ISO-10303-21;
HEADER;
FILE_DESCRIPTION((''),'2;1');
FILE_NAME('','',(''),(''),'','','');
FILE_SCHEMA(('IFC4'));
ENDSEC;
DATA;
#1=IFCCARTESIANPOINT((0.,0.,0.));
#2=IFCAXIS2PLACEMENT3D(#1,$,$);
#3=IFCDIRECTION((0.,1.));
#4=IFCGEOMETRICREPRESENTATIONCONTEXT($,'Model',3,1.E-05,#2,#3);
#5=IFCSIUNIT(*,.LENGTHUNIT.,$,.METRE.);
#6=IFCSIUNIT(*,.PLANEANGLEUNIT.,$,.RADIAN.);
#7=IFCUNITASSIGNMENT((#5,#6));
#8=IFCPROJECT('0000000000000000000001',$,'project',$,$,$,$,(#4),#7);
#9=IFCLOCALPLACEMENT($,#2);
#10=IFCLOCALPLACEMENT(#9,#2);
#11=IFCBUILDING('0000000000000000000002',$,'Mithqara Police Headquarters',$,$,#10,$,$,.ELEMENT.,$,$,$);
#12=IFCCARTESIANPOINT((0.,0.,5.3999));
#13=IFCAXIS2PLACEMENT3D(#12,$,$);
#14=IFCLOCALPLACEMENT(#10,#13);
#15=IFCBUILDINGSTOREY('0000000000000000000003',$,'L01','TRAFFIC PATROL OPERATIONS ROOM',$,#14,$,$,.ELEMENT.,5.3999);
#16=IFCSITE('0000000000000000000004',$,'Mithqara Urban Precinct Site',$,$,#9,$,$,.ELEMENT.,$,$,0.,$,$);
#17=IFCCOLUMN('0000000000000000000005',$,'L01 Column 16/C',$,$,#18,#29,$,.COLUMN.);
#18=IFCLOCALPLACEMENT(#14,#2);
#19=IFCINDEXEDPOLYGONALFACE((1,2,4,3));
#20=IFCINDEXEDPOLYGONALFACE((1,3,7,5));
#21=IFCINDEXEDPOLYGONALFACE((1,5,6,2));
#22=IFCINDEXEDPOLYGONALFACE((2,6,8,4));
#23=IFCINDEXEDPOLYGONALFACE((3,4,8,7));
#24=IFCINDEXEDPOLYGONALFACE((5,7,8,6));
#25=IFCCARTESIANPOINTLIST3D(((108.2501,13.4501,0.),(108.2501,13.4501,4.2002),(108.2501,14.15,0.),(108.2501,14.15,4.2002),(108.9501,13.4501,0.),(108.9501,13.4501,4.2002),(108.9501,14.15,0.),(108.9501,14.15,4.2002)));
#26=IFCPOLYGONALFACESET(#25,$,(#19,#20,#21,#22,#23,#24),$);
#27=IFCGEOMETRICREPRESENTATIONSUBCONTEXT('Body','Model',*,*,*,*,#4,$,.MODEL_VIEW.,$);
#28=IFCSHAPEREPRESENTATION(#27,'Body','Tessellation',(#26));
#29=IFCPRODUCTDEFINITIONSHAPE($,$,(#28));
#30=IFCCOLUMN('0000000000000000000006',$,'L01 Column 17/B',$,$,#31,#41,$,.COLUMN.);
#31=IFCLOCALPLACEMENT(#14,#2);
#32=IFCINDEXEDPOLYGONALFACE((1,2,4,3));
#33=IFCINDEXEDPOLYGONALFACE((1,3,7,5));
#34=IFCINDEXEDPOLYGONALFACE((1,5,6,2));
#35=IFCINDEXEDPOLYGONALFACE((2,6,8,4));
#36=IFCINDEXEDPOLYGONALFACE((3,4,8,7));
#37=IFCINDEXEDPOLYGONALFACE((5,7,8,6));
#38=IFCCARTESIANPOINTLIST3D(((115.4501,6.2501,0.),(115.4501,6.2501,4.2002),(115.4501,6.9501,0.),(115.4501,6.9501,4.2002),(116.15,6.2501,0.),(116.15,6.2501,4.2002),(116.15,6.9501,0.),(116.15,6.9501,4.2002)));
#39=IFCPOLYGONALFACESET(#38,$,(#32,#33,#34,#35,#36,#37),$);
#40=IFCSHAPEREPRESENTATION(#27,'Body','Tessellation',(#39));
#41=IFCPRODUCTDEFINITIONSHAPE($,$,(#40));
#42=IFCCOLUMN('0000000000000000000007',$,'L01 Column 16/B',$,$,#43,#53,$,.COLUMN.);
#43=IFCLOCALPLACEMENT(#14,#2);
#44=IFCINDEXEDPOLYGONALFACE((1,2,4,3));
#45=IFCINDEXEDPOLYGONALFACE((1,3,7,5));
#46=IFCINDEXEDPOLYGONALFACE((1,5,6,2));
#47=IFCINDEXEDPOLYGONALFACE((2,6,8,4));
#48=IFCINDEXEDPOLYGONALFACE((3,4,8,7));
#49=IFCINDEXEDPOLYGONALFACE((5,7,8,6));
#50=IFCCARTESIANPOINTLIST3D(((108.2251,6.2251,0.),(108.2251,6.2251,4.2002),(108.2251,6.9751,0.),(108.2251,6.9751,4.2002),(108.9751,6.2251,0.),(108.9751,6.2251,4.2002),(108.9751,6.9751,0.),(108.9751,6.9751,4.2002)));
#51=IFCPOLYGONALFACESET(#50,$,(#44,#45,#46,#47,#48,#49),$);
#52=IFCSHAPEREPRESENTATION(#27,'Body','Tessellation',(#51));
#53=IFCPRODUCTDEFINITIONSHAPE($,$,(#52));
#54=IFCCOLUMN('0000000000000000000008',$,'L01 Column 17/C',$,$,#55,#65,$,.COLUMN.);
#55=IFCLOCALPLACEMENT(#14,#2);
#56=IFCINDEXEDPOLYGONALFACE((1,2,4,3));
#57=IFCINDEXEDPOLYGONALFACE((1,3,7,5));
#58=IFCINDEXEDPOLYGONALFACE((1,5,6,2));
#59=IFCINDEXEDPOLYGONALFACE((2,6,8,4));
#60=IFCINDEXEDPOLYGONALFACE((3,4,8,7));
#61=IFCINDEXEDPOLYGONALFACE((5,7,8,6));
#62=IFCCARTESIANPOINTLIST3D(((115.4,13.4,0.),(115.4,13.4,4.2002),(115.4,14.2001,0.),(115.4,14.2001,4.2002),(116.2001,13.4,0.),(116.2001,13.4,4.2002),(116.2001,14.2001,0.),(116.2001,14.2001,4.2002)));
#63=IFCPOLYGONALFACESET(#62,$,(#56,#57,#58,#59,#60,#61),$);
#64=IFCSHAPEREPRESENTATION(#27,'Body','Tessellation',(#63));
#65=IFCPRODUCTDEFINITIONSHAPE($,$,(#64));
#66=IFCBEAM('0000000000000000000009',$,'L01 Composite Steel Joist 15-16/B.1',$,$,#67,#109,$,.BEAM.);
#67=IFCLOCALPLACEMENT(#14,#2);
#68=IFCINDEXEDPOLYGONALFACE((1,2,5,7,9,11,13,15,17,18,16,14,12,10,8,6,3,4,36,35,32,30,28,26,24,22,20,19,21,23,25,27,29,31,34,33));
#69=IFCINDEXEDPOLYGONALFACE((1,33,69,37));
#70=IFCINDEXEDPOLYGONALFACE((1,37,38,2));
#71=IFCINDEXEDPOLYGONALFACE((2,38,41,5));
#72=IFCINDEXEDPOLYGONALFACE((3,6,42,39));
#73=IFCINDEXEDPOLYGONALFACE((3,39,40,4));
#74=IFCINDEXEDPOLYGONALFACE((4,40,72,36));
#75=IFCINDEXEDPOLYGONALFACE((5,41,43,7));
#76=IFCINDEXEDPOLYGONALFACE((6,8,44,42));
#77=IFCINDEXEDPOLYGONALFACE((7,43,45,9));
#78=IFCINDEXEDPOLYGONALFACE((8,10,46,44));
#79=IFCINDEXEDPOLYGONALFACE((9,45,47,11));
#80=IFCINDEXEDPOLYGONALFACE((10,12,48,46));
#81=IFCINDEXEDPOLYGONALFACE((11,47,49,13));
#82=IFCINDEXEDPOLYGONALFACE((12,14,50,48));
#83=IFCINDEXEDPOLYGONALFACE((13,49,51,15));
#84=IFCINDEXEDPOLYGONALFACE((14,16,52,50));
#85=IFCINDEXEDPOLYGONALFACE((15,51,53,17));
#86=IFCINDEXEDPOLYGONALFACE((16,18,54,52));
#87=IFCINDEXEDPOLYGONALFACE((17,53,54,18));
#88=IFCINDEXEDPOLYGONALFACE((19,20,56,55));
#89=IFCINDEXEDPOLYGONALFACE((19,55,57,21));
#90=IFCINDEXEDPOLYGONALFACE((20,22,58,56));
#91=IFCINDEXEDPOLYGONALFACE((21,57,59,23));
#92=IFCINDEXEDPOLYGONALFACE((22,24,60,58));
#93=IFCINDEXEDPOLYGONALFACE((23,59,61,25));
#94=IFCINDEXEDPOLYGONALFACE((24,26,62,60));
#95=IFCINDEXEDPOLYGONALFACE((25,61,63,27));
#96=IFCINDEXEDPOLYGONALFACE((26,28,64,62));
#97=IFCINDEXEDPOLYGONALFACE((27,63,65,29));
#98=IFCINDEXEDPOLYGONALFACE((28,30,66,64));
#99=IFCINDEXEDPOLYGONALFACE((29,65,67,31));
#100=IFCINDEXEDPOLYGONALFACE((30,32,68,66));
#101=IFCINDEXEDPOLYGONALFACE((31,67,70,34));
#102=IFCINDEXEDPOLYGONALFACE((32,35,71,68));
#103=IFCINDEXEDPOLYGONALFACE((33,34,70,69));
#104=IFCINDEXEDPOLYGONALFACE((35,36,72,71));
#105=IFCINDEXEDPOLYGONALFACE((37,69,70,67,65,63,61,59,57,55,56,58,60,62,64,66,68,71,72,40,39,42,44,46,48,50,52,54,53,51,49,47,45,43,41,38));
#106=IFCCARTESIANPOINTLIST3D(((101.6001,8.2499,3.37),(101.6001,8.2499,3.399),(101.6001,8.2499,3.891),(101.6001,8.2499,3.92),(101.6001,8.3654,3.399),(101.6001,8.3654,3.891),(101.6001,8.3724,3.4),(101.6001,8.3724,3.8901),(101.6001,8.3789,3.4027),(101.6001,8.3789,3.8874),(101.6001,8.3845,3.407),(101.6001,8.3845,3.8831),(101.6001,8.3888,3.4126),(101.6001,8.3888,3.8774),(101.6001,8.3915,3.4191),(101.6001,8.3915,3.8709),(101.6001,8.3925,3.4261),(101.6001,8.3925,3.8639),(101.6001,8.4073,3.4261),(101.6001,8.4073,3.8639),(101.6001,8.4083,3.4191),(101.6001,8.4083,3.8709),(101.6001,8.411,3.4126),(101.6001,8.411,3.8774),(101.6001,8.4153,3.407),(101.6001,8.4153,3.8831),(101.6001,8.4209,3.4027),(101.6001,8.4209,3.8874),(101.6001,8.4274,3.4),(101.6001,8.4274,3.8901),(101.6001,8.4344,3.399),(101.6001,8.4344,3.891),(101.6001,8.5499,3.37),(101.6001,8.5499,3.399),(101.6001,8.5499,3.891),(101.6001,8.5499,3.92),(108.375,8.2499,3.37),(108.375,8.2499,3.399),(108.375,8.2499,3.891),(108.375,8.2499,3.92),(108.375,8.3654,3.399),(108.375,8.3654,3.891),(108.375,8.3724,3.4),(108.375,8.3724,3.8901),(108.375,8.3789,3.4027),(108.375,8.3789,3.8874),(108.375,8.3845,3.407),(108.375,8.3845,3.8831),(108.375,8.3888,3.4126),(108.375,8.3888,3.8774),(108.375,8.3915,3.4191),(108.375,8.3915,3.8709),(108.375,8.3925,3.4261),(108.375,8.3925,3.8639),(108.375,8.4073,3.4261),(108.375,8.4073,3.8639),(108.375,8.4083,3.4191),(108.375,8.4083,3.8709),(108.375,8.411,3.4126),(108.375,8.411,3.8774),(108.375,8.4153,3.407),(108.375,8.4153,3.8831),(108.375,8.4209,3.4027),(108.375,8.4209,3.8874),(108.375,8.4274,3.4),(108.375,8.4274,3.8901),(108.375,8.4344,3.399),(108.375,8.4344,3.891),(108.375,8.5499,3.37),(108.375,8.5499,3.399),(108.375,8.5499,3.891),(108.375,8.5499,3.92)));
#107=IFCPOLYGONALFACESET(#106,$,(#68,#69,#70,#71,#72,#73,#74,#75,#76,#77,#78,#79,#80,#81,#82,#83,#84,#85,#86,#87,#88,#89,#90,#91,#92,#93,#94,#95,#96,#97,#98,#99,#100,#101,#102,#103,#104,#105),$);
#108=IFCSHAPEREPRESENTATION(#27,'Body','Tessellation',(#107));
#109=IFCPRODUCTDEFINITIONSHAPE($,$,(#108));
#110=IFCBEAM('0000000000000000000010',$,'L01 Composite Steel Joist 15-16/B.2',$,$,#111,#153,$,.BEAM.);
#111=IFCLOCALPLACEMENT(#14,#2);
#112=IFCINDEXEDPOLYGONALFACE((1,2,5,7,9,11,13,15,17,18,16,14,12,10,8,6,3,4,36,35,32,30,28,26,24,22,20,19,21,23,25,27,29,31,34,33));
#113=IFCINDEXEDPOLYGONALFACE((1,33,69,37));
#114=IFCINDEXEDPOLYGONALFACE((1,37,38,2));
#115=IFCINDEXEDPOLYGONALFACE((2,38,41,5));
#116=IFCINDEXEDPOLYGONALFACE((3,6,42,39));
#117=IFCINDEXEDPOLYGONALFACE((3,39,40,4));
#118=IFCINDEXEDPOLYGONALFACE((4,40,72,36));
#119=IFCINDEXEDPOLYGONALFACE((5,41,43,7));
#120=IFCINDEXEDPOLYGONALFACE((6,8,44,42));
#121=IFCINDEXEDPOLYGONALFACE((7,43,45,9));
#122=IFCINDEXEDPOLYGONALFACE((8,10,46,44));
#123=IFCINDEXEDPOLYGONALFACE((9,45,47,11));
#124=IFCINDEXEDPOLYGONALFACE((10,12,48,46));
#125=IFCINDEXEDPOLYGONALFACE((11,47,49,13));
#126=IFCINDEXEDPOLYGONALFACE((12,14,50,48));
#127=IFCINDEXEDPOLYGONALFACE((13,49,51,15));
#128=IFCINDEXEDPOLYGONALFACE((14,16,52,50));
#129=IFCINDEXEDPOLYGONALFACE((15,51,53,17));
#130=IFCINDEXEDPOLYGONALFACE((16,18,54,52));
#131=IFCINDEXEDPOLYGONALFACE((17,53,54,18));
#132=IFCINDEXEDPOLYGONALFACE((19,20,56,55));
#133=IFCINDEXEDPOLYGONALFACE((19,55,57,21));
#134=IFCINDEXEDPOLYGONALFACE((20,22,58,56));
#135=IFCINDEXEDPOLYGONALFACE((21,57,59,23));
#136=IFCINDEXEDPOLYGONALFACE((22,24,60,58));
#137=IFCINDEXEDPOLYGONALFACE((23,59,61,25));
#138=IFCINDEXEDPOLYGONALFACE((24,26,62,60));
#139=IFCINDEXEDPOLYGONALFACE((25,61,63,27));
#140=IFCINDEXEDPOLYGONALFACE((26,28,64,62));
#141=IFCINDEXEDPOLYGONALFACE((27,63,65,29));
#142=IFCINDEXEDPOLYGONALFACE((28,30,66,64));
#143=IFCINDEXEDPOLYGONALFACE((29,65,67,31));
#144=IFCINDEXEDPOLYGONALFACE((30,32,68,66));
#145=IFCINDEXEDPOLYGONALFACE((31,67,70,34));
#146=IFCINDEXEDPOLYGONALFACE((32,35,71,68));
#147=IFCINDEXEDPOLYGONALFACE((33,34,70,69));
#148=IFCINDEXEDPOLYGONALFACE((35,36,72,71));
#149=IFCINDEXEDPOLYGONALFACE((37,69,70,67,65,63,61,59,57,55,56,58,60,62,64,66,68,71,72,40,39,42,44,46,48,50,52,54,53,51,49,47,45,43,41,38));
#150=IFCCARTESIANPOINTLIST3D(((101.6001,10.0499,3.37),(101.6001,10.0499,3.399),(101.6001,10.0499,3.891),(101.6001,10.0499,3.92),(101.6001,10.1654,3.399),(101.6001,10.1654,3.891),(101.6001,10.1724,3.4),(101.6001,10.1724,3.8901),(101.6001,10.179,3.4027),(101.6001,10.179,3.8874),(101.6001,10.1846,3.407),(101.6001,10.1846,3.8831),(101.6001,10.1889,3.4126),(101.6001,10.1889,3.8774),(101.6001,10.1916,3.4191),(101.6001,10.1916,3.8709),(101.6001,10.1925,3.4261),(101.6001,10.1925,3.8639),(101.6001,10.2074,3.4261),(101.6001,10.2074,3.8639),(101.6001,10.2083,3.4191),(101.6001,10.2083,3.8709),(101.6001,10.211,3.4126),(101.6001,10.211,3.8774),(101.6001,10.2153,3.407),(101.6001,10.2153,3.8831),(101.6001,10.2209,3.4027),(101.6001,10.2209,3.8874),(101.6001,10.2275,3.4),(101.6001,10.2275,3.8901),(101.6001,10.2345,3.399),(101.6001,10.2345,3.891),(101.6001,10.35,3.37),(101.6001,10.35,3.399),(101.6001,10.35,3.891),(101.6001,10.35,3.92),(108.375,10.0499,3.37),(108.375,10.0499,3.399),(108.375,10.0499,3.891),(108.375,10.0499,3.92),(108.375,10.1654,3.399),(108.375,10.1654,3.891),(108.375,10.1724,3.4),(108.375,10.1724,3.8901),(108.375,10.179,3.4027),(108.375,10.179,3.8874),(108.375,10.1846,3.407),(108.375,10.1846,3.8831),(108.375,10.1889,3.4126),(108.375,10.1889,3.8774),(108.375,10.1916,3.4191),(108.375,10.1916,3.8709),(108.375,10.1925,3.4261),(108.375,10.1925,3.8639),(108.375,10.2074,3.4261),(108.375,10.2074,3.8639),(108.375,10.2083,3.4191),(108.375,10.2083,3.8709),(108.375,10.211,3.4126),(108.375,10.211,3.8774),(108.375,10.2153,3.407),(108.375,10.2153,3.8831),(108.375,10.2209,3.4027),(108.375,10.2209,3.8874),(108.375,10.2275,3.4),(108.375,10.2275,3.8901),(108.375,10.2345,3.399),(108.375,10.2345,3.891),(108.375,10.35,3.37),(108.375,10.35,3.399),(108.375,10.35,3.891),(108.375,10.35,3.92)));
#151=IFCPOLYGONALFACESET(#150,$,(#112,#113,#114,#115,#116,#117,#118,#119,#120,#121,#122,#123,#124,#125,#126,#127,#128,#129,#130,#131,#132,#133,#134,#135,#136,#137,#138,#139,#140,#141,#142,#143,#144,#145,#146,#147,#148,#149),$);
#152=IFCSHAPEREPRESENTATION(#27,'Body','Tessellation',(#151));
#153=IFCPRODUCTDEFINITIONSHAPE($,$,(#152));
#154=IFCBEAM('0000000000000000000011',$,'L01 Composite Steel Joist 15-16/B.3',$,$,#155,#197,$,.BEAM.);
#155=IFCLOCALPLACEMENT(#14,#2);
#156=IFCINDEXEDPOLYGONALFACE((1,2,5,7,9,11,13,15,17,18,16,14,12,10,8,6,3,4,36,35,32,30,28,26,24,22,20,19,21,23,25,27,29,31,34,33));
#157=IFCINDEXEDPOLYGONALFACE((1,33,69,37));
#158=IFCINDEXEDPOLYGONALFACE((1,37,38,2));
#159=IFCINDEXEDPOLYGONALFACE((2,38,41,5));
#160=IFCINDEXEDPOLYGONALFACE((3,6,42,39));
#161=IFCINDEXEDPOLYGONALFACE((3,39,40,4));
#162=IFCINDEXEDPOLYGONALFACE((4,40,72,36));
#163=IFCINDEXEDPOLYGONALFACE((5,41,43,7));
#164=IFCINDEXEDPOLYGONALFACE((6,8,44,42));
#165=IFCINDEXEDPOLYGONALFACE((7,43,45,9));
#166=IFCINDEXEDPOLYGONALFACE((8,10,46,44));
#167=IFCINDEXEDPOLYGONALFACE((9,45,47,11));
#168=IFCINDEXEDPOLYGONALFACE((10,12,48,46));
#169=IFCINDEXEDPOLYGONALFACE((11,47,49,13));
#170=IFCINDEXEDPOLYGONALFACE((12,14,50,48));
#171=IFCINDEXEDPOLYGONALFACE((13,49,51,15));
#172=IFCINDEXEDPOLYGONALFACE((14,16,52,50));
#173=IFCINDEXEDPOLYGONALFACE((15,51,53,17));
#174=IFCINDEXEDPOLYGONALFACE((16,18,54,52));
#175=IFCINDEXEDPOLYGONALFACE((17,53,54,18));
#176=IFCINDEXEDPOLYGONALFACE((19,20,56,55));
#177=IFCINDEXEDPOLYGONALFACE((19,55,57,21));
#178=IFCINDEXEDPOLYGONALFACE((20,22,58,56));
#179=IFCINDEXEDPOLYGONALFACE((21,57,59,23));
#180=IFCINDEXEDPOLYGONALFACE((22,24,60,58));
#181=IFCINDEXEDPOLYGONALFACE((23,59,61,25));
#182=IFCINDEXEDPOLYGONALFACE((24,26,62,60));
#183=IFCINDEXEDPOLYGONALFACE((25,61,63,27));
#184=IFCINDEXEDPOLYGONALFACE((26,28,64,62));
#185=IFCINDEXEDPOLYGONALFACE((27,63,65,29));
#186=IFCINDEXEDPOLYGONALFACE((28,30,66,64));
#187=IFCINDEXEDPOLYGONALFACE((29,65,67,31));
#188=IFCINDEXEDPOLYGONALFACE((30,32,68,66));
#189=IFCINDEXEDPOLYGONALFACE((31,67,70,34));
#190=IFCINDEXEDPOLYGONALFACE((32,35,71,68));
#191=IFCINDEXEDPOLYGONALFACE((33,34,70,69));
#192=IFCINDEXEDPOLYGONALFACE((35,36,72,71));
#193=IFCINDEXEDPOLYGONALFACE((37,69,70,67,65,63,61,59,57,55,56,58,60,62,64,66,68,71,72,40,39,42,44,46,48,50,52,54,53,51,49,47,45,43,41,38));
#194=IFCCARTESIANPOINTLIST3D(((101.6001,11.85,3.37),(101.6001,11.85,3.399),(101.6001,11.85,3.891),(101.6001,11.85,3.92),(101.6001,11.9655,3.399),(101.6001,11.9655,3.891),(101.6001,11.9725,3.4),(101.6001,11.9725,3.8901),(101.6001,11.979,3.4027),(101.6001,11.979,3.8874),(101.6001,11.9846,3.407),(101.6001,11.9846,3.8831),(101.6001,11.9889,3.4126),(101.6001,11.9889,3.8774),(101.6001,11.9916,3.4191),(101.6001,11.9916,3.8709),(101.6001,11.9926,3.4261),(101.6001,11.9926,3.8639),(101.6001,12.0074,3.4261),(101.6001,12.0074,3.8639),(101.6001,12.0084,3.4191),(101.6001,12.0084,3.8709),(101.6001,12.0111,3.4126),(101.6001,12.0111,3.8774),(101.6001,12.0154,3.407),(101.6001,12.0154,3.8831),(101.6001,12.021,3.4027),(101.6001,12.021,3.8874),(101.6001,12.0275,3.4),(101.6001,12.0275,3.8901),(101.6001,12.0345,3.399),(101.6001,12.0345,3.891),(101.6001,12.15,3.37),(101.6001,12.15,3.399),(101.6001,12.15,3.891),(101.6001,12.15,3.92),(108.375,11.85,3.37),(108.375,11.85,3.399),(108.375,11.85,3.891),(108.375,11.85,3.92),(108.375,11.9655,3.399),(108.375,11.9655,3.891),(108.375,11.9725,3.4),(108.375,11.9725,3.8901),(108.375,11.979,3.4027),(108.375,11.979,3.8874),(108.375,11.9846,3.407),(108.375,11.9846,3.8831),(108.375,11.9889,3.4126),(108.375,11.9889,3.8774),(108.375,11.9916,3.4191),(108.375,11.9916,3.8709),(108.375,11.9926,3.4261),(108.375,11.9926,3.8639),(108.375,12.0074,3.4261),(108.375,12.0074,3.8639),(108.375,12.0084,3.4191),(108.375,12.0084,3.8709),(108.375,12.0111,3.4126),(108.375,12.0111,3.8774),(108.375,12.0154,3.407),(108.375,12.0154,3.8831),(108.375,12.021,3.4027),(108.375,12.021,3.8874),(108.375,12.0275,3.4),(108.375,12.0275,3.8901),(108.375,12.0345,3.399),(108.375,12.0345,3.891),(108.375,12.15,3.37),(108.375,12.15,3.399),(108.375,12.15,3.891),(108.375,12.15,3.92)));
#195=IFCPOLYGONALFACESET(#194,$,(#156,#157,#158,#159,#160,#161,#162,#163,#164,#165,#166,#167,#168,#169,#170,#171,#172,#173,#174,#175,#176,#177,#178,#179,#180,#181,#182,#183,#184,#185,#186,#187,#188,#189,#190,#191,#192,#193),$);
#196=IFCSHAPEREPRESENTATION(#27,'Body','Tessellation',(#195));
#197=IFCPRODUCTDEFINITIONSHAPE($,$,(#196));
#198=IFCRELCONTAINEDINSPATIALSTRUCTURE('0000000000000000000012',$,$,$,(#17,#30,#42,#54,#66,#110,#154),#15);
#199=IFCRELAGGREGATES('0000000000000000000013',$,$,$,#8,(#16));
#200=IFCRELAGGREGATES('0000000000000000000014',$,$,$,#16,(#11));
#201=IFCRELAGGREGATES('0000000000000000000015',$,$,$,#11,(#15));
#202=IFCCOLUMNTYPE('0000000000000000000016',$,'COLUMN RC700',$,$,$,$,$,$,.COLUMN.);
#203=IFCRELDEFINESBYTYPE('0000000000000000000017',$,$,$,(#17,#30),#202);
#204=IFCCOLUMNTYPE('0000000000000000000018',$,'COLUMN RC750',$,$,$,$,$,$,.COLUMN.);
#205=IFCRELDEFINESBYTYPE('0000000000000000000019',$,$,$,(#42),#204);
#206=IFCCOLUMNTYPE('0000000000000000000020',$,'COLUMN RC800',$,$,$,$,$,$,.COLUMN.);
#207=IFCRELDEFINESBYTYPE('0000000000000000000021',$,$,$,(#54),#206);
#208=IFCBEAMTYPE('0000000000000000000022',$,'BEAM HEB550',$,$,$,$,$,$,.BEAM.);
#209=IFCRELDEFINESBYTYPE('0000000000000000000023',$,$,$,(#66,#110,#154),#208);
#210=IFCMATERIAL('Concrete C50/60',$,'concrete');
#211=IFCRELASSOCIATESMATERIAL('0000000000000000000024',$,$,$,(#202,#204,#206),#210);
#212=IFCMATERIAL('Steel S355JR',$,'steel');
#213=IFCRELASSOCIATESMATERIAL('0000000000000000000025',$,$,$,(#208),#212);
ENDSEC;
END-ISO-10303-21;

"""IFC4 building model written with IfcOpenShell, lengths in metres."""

from ifc_helpers import new_model, si_unit, direction, frame, origin, origin_2d, place, context, subcontext, project, spatial, rectangle, i_section, extrude, material, material_profile, profile_set, type_object, element, save


model = new_model("IFC4")

# Units and contexts
model_context = context("Model", 3, precision=1e-05, world=origin(), true_north=direction((0.0, 1.0)))
body_context = subcontext(model_context, "Body", "Model", "MODEL_VIEW")
ifc_project = project(units=[si_unit("LENGTHUNIT", "METRE"), si_unit("PLANEANGLEUNIT", "RADIAN")], contexts=[model_context])

# Site, building, storey
site_placement = place(None, origin())
site = spatial("IfcSite", under=ifc_project, at=site_placement, Name="Mithqara Urban Precinct Site", CompositionType="ELEMENT", RefElevation=0.0)
building_placement = place(site_placement, origin())
building = spatial("IfcBuilding", under=site, at=building_placement, Name="Mithqara Police Headquarters", CompositionType="ELEMENT")
storey_placement = place(building_placement, frame((0.0, 0.0, 5.3999)))
storey = spatial("IfcBuildingStorey", under=building, at=storey_placement, Name="L01", Description="TRAFFIC PATROL OPERATIONS ROOM", CompositionType="ELEMENT", Elevation=5.3999)

# Columns
ifc_material_1 = material(Name="Concrete C50/60", Category="concrete")
ifc_material_profile_1 = material_profile(ifc_material_1, rectangle(XDim=0.7, YDim=0.7, at=origin_2d()), Name="RC 700x700")
ifc_profile_set_1 = profile_set([ifc_material_profile_1], Name="Concrete C50/60")
column_type_1 = type_object("IfcColumnType", Name="COLUMN RC700", PredefinedType="COLUMN", material=ifc_profile_set_1)
for number, where, z_axis, x_axis, name in (
    (1, (108.6001, 13.8, 0.0), (0.0, 0.0, 1.0), (1.0, 0.0, 0.0), "L01 Column 16/C"),
    (2, (115.8, 6.6001, 0.0), (0.0, 0.0, 1.0), (1.0, 0.0, 0.0), "L01 Column 17/B"),
):
    element("IfcColumn", number, at=place(storey_placement, frame(where, z_axis=z_axis, x_axis=x_axis)), inside=storey, type_object=column_type_1, Name=name, PredefinedType="COLUMN", context=body_context, shape_type="SweptSolid", body=[
        extrude(rectangle(XDim=0.7, YDim=0.7, at=origin_2d()), origin(), (0.0, 0.0, 1.0), 4.2002),
    ])
ifc_material_profile_2 = material_profile(ifc_material_1, rectangle(XDim=0.75, YDim=0.75, at=origin_2d()), Name="RC 750x750")
ifc_profile_set_2 = profile_set([ifc_material_profile_2], Name="Concrete C50/60")
column_type_2 = type_object("IfcColumnType", Name="COLUMN RC750", PredefinedType="COLUMN", material=ifc_profile_set_2)
column_1_placement = place(storey_placement, frame((108.6001, 6.6001, 0.0), z_axis=(0.0, 0.0, 1.0), x_axis=(1.0, 0.0, 0.0)))
element("IfcColumn", 3, at=column_1_placement, inside=storey, type_object=column_type_2, Name="L01 Column 16/B", PredefinedType="COLUMN", context=body_context, shape_type="SweptSolid", body=[
    extrude(rectangle(XDim=0.75, YDim=0.75, at=origin_2d()), origin(), (0.0, 0.0, 1.0), 4.2002),
])
ifc_material_profile_3 = material_profile(ifc_material_1, rectangle(XDim=0.8, YDim=0.8, at=origin_2d()), Name="RC 800x800")
ifc_profile_set_3 = profile_set([ifc_material_profile_3], Name="Concrete C50/60")
column_type_3 = type_object("IfcColumnType", Name="COLUMN RC800", PredefinedType="COLUMN", material=ifc_profile_set_3)
column_2_placement = place(storey_placement, frame((115.8, 13.8, 0.0), z_axis=(0.0, 0.0, 1.0), x_axis=(1.0, 0.0, 0.0)))
element("IfcColumn", 4, at=column_2_placement, inside=storey, type_object=column_type_3, Name="L01 Column 17/C", PredefinedType="COLUMN", context=body_context, shape_type="SweptSolid", body=[
    extrude(rectangle(XDim=0.8, YDim=0.8, at=origin_2d()), origin(), (0.0, 0.0, 1.0), 4.2002),
])

# Beams
ifc_material_2 = material(Name="Steel S355JR", Category="steel")
ifc_material_profile_4 = material_profile(ifc_material_2, i_section(OverallWidth=0.3, OverallDepth=0.55, WebThickness=0.0149, FlangeThickness=0.0291, FilletRadius=0.0271, at=origin_2d()), Name="HEB 550")
ifc_profile_set_4 = profile_set([ifc_material_profile_4], Name="Steel S355JR")
beam_type_1 = type_object("IfcBeamType", Name="BEAM HEB550", PredefinedType="BEAM", material=ifc_profile_set_4)
for number, where, z_axis, x_axis, name in (
    (5, (101.6001, 8.3999, 3.645), (1.0, 0.0, 0.0), (0.0, 1.0, 0.0), "L01 Composite Steel Joist 15-16/B.1"),
    (6, (101.6001, 10.2, 3.645), (1.0, 0.0, 0.0), (0.0, 1.0, 0.0), "L01 Composite Steel Joist 15-16/B.2"),
    (7, (101.6001, 12.0, 3.645), (1.0, 0.0, 0.0), (0.0, 1.0, 0.0), "L01 Composite Steel Joist 15-16/B.3"),
):
    element("IfcBeam", number, at=place(storey_placement, frame(where, z_axis=z_axis, x_axis=x_axis)), inside=storey, type_object=beam_type_1, Name=name, PredefinedType="BEAM", context=body_context, shape_type="SweptSolid", body=[
        extrude(i_section(OverallWidth=0.3, OverallDepth=0.55, WebThickness=0.0149, FlangeThickness=0.0291, FilletRadius=0.0271, at=origin_2d()), origin(), (0.0, 0.0, 1.0), 6.7749),
    ])

save(model, "model.ifc")
